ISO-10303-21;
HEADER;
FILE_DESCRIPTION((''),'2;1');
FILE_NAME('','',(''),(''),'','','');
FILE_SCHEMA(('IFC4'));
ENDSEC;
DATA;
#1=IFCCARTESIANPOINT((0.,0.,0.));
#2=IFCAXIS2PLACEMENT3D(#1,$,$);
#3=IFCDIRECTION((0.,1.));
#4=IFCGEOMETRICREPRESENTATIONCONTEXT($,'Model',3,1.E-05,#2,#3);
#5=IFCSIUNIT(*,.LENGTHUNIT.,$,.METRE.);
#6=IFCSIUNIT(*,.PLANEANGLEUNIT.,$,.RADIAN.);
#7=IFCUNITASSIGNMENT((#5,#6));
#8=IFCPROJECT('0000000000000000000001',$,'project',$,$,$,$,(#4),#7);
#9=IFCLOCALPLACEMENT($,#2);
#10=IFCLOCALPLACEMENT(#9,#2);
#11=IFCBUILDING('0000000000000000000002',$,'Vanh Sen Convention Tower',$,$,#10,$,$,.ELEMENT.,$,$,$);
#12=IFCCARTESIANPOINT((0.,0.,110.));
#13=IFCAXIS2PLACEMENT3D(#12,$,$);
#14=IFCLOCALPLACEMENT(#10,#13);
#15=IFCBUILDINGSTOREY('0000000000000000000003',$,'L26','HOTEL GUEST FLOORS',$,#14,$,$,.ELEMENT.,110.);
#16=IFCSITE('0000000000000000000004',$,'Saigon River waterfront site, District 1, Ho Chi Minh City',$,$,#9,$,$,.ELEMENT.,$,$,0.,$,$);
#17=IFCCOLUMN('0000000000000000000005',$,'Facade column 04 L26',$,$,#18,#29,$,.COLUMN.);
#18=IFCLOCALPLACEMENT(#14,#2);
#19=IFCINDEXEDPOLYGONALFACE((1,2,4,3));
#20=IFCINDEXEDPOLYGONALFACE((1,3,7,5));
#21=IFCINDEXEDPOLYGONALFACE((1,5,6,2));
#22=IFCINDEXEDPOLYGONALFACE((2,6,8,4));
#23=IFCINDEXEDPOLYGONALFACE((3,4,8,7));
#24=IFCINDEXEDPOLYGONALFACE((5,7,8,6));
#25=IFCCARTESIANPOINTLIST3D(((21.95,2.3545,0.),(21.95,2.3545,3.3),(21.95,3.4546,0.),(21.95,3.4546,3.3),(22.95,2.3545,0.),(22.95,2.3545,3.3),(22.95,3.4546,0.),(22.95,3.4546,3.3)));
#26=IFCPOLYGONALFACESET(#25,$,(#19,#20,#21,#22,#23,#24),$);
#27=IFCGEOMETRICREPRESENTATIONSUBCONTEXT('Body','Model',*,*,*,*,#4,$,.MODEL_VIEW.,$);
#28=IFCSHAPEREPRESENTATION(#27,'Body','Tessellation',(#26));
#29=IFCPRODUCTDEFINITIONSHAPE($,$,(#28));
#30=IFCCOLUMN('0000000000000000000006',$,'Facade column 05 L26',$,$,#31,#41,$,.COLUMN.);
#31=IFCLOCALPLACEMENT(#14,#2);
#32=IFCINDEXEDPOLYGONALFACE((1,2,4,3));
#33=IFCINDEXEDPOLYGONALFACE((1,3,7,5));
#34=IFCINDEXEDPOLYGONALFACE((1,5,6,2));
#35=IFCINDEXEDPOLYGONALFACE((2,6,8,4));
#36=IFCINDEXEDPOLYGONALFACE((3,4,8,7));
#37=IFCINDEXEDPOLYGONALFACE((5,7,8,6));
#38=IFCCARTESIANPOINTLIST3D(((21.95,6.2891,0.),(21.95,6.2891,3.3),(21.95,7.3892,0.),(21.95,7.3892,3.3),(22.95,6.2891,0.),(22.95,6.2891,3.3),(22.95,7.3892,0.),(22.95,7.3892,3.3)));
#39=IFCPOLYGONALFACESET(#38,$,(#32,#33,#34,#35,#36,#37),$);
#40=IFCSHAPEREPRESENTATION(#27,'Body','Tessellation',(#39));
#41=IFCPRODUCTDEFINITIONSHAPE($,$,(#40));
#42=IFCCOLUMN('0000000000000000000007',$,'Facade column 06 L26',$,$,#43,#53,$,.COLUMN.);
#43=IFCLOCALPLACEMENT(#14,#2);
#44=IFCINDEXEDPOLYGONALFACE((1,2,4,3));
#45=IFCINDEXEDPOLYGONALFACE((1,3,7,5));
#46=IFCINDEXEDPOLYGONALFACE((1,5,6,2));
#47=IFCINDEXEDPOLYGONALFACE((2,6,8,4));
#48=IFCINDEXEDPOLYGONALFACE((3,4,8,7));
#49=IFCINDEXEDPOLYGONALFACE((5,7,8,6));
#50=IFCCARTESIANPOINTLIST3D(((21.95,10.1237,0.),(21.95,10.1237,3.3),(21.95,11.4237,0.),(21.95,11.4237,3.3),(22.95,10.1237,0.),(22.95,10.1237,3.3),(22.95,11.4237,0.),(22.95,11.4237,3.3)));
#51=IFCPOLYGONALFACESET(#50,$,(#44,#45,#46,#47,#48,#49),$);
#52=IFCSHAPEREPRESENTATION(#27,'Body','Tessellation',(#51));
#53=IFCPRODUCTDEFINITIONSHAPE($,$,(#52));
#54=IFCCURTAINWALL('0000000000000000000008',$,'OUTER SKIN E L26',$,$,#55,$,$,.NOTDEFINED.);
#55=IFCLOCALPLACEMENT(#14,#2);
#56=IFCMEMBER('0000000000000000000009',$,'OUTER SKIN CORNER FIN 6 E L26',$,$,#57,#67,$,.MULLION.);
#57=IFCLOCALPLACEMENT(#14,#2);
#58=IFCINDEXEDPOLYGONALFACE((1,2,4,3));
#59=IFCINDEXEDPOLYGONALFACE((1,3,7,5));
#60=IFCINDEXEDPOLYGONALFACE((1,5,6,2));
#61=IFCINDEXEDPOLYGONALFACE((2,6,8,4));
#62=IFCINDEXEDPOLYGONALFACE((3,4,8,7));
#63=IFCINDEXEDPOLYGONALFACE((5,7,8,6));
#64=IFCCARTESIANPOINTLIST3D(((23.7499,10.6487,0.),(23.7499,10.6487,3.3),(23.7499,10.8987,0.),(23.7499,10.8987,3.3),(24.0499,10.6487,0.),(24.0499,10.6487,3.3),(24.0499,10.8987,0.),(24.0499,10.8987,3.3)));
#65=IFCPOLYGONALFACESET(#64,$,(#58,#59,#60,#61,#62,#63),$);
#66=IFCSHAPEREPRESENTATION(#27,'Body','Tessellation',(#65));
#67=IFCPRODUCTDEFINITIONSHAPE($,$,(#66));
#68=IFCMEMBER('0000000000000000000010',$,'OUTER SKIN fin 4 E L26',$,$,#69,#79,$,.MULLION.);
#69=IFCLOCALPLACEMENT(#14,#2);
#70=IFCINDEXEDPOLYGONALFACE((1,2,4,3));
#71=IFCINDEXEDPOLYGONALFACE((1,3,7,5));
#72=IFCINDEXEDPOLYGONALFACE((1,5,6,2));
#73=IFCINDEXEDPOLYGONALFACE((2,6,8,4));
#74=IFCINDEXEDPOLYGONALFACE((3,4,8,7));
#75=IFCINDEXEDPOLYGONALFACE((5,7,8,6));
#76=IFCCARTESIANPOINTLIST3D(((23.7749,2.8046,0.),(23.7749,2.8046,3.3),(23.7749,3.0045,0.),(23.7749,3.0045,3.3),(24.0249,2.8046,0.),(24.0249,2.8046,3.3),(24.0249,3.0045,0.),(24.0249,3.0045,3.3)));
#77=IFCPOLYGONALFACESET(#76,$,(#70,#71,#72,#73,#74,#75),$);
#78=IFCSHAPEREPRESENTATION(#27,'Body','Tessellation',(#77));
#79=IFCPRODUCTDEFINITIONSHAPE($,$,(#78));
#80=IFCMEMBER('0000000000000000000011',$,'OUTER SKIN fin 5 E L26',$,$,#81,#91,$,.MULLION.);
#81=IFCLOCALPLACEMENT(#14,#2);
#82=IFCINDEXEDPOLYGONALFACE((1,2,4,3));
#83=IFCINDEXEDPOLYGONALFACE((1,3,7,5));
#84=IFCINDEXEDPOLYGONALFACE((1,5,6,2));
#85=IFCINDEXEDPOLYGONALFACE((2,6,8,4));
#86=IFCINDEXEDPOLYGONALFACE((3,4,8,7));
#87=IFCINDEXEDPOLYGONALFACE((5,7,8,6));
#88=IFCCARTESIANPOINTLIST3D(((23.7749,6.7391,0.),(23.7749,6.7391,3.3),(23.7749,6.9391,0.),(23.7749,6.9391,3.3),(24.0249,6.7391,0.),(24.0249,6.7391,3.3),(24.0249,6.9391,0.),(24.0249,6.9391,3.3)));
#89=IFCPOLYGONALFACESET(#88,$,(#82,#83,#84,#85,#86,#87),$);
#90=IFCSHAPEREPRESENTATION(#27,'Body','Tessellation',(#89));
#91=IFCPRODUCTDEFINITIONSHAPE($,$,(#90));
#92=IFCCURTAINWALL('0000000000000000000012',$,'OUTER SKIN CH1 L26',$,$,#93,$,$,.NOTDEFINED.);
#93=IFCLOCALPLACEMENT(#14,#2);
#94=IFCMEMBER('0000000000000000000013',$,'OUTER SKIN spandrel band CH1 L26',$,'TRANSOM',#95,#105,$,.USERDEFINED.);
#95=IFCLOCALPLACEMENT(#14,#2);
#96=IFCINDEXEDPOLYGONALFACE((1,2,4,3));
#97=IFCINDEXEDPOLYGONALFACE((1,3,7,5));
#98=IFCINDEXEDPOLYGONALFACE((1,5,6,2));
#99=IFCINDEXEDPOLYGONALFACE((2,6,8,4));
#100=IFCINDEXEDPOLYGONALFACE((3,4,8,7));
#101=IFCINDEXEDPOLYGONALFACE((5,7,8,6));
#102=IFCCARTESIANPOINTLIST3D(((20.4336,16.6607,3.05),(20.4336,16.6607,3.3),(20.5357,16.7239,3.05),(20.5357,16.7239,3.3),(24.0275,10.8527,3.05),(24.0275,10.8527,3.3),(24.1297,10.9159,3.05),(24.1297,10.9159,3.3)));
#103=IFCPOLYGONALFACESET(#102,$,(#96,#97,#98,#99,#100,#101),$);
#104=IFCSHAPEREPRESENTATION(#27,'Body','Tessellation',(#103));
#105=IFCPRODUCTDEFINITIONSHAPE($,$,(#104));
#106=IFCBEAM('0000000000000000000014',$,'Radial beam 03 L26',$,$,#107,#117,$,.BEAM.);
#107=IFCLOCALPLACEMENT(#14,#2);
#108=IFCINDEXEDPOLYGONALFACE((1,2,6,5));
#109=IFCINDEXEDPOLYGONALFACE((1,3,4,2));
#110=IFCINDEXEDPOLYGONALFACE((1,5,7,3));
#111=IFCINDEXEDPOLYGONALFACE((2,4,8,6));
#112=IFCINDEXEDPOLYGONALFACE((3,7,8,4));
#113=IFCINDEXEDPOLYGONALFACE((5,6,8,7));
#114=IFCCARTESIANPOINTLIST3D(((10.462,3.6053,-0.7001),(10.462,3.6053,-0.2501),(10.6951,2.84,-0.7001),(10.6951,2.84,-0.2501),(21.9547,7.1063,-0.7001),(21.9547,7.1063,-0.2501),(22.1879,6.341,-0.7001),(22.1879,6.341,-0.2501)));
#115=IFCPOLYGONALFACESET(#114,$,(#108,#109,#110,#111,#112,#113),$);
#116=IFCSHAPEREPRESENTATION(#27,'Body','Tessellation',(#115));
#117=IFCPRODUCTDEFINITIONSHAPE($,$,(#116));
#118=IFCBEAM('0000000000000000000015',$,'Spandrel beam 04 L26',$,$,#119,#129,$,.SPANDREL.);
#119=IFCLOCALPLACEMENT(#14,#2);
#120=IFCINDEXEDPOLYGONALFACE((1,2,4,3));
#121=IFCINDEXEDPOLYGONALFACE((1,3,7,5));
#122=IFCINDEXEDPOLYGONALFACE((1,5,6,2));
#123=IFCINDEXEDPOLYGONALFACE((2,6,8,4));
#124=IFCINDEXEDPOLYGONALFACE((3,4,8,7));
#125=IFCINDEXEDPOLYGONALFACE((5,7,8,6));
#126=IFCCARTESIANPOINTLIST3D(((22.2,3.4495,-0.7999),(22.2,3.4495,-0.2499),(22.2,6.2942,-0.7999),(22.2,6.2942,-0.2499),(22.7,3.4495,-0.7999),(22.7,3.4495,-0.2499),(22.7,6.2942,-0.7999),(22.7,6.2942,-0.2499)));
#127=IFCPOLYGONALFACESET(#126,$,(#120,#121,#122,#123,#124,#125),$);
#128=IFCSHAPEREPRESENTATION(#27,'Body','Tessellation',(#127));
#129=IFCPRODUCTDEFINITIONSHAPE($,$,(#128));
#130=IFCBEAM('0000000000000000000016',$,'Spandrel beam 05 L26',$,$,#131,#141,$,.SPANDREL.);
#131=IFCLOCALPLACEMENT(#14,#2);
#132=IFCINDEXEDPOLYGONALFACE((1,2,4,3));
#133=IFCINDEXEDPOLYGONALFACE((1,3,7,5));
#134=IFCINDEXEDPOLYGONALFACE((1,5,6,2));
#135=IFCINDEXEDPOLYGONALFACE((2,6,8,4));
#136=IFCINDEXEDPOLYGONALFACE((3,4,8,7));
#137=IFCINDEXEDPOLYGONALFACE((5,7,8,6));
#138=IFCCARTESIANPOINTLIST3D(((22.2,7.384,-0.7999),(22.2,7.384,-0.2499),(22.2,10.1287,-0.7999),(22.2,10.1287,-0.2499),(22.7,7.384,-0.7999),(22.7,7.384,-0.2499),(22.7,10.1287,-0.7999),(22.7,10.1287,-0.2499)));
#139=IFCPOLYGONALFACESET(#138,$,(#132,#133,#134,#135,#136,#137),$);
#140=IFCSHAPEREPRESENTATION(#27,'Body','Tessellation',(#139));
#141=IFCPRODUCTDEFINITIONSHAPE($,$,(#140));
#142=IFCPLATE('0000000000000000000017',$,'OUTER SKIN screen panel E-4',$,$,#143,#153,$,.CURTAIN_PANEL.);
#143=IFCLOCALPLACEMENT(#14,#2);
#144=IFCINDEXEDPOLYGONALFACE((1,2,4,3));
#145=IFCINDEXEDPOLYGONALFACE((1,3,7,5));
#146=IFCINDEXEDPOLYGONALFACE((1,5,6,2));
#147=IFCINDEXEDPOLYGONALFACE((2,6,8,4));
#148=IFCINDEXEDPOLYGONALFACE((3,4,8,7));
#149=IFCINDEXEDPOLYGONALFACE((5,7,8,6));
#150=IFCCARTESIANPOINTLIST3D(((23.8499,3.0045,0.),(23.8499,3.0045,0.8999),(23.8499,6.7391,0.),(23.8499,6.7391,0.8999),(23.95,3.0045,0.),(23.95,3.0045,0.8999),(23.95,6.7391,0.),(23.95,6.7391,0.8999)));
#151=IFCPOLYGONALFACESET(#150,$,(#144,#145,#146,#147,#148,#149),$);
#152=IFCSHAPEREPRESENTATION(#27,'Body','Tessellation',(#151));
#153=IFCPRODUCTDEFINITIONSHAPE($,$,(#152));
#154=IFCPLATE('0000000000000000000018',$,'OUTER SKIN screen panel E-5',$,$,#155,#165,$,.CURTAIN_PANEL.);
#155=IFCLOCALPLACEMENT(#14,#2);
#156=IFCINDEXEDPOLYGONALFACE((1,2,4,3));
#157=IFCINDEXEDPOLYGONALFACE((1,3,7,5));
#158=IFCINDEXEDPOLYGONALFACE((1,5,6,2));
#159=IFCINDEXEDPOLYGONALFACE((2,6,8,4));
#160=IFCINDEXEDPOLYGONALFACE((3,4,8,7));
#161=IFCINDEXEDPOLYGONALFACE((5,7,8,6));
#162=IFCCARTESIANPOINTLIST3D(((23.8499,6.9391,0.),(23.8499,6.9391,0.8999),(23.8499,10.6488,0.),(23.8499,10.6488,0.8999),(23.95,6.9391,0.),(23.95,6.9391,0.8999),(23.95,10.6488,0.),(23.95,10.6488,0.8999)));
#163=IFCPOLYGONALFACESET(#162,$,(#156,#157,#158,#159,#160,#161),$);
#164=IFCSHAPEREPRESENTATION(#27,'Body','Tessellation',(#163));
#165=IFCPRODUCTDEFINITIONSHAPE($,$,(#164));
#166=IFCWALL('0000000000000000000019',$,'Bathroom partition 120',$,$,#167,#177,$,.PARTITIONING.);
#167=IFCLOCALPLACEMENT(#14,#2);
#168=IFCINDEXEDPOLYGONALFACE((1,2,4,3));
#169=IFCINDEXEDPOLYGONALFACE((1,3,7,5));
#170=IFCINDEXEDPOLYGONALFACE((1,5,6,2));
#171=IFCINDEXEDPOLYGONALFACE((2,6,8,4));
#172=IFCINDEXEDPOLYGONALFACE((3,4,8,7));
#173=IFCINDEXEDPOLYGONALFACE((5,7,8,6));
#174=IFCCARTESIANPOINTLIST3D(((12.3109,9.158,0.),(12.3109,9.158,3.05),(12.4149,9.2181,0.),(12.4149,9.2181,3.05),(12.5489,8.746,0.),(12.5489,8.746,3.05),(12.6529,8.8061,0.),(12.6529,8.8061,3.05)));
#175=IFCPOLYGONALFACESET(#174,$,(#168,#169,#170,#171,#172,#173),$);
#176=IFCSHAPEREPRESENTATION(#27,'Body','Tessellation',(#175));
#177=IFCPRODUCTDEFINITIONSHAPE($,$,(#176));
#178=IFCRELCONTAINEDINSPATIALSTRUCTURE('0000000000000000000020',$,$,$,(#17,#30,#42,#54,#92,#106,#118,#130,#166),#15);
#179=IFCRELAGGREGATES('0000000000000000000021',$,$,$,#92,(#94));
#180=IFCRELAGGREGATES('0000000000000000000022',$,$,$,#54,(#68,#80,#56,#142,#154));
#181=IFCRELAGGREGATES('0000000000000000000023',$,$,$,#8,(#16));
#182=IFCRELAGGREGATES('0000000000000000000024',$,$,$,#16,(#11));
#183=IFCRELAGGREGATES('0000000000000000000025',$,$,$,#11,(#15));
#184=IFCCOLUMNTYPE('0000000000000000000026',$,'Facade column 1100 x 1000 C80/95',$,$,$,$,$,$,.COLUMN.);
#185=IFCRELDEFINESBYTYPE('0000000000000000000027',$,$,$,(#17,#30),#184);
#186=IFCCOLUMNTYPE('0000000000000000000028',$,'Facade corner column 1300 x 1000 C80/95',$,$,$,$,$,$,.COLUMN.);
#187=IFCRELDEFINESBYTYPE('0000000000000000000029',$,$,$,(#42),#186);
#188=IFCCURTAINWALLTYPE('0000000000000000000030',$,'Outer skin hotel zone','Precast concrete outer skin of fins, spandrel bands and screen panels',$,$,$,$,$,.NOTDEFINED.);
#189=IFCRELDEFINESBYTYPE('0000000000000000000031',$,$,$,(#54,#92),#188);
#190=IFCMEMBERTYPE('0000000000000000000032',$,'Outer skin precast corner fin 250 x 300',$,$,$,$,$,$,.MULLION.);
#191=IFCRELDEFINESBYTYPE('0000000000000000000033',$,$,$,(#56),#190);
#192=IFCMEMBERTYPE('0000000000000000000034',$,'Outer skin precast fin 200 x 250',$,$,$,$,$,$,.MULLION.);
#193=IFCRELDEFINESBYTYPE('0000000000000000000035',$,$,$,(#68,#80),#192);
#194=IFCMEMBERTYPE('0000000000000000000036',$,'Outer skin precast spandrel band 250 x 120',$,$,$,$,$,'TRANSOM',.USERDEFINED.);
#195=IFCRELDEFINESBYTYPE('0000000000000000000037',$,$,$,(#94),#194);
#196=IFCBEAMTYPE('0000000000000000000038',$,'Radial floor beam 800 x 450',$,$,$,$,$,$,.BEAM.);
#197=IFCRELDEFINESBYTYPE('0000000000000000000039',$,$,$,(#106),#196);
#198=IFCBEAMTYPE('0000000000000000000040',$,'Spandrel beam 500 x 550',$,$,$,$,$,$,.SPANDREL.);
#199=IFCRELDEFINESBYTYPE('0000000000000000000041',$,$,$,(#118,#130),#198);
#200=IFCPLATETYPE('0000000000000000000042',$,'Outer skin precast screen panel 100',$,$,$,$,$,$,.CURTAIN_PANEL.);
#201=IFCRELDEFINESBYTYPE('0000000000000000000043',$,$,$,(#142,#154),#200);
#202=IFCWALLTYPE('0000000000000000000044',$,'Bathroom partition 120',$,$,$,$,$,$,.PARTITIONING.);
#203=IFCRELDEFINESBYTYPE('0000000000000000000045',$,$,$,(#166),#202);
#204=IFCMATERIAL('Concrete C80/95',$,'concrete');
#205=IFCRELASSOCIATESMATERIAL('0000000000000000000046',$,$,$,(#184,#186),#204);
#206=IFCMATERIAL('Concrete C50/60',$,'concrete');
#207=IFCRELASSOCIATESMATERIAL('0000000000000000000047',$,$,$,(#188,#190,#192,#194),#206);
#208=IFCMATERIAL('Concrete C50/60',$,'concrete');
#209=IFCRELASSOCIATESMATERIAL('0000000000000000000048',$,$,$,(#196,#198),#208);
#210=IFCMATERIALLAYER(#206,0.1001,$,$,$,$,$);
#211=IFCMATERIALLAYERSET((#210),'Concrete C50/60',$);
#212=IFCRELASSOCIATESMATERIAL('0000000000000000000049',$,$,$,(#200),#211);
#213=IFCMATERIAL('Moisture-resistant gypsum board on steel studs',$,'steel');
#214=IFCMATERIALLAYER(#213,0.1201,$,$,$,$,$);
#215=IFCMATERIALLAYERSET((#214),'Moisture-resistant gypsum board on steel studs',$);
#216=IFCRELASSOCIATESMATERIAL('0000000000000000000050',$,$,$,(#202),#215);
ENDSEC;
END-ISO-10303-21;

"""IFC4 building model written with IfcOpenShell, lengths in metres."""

from ifc_helpers import new_model, si_unit, direction, frame, frame_2d, origin, origin_2d, place, context, subcontext, project, spatial, rectangle, extrude, material, layer, layer_set, material_profile, profile_set, type_object, element, aggregate, save


model = new_model("IFC4")

# Units and contexts
model_context = context("Model", 3, precision=1e-05, world=origin(), true_north=direction((0.0, 1.0)))
body_context = subcontext(model_context, "Body", "Model", "MODEL_VIEW")
ifc_project = project(units=[si_unit("LENGTHUNIT", "METRE"), si_unit("PLANEANGLEUNIT", "RADIAN")], contexts=[model_context])

# Site, building, storey
site_placement = place(None, origin())
site = spatial("IfcSite", under=ifc_project, at=site_placement, Name="Saigon River waterfront site, District 1, Ho Chi Minh City", CompositionType="ELEMENT", RefElevation=0.0)
building_placement = place(site_placement, origin())
building = spatial("IfcBuilding", under=site, at=building_placement, Name="Vanh Sen Convention Tower", CompositionType="ELEMENT")
storey_placement = place(building_placement, frame((0.0, 0.0, 110.0)))
storey = spatial("IfcBuildingStorey", under=building, at=storey_placement, Name="L26", Description="HOTEL GUEST FLOORS", CompositionType="ELEMENT", Elevation=110.0)

# Columns
ifc_material_1 = material(Name="Concrete C80/95", Category="concrete")
ifc_material_profile_1 = material_profile(ifc_material_1, rectangle(XDim=1.1001, YDim=1.0, at=origin_2d()), Name="RC 1100X1000")
ifc_profile_set_1 = profile_set([ifc_material_profile_1], Name="Concrete C80/95")
column_type_1 = type_object("IfcColumnType", Name="Facade column 1100 x 1000 C80/95", PredefinedType="COLUMN", material=ifc_profile_set_1)
for number, where, z_axis, x_axis, name in (
    (1, (22.45, 2.9045, 0.0), (0.0, 0.0, 1.0), (0.0, 1.0, 0.0), "Facade column 04 L26"),
    (2, (22.45, 6.8391, 0.0), (0.0, 0.0, 1.0), (0.0, 1.0, 0.0), "Facade column 05 L26"),
):
    element("IfcColumn", number, at=place(storey_placement, frame(where, z_axis=z_axis, x_axis=x_axis)), inside=storey, type_object=column_type_1, Name=name, PredefinedType="COLUMN", context=body_context, shape_type="SweptSolid", body=[
        extrude(rectangle(XDim=1.1001, YDim=1.0, at=origin_2d()), origin(), (0.0, 0.0, 1.0), 3.3),
    ])
ifc_material_profile_2 = material_profile(ifc_material_1, rectangle(XDim=1.3, YDim=1.0, at=origin_2d()), Name="RC 1300X1000")
ifc_profile_set_2 = profile_set([ifc_material_profile_2], Name="Concrete C80/95")
column_type_2 = type_object("IfcColumnType", Name="Facade corner column 1300 x 1000 C80/95", PredefinedType="COLUMN", material=ifc_profile_set_2)
column_placement = place(storey_placement, frame((22.45, 10.7737, 0.0), z_axis=(0.0, 0.0, 1.0), x_axis=(0.0, 1.0, 0.0)))
element("IfcColumn", 3, at=column_placement, inside=storey, type_object=column_type_2, Name="Facade column 06 L26", PredefinedType="COLUMN", context=body_context, shape_type="SweptSolid", body=[
    extrude(rectangle(XDim=1.3, YDim=1.0, at=origin_2d()), origin(), (0.0, 0.0, 1.0), 3.3),
])

# Curtain wall, members
ifc_material_2 = material(Name="Concrete C50/60", Category="concrete")
curtain_wall_type = type_object("IfcCurtainWallType", Name="Outer skin hotel zone", Description="Precast concrete outer skin of fins, spandrel bands and screen panels", PredefinedType="NOTDEFINED", material=ifc_material_2)
curtain_wall_1_placement = place(storey_placement, origin())
curtain_wall_1 = element("IfcCurtainWall", 4, at=curtain_wall_1_placement, inside=storey, type_object=curtain_wall_type, Name="OUTER SKIN E L26", PredefinedType="NOTDEFINED")
ifc_material_profile_3 = material_profile(ifc_material_2, rectangle(XDim=0.25, YDim=0.3, at=origin_2d()), Name="Outer skin precast corner fin 250 x 300")
ifc_profile_set_3 = profile_set([ifc_material_profile_3], Name="Concrete C50/60")
member_type_1 = type_object("IfcMemberType", Name="Outer skin precast corner fin 250 x 300", PredefinedType="MULLION", material=ifc_profile_set_3)
member_1_placement = place(storey_placement, frame((23.8999, 10.7737, 0.0), z_axis=(0.0, 0.0, 1.0), x_axis=(0.0, 1.0, 0.0)))
member_1 = element("IfcMember", 5, at=member_1_placement, type_object=member_type_1, Name="OUTER SKIN CORNER FIN 6 E L26", PredefinedType="MULLION", context=body_context, shape_type="SweptSolid", body=[
    extrude(rectangle(XDim=0.25, YDim=0.3, at=origin_2d()), origin(), (0.0, 0.0, 1.0), 3.3),
])
ifc_material_profile_4 = material_profile(ifc_material_2, rectangle(XDim=0.2, YDim=0.25, at=origin_2d()), Name="Outer skin precast fin 200 x 250")
ifc_profile_set_4 = profile_set([ifc_material_profile_4], Name="Concrete C50/60")
member_type_2 = type_object("IfcMemberType", Name="Outer skin precast fin 200 x 250", PredefinedType="MULLION", material=ifc_profile_set_4)
member_2_placement = place(storey_placement, frame((23.8999, 2.9045, 0.0), z_axis=(0.0, 0.0, 1.0), x_axis=(0.0, 1.0, 0.0)))
member_2 = element("IfcMember", 6, at=member_2_placement, type_object=member_type_2, Name="OUTER SKIN fin 4 E L26", PredefinedType="MULLION", context=body_context, shape_type="SweptSolid", body=[
    extrude(rectangle(XDim=0.2, YDim=0.25, at=origin_2d()), origin(), (0.0, 0.0, 1.0), 3.3),
])
member_3_placement = place(storey_placement, frame((23.8999, 6.8391, 0.0), z_axis=(0.0, 0.0, 1.0), x_axis=(0.0, 1.0, 0.0)))
member_3 = element("IfcMember", 7, at=member_3_placement, type_object=member_type_2, Name="OUTER SKIN fin 5 E L26", PredefinedType="MULLION", context=body_context, shape_type="SweptSolid", body=[
    extrude(rectangle(XDim=0.2, YDim=0.25, at=origin_2d()), origin(), (0.0, 0.0, 1.0), 3.3),
])

# Curtain wall, member
curtain_wall_2_placement = place(storey_placement, origin())
curtain_wall_2 = element("IfcCurtainWall", 8, at=curtain_wall_2_placement, inside=storey, type_object=curtain_wall_type, Name="OUTER SKIN CH1 L26", PredefinedType="NOTDEFINED")
ifc_material_profile_5 = material_profile(ifc_material_2, rectangle(XDim=0.1201, YDim=0.25, at=origin_2d()), Name="Outer skin precast spandrel band 250 x 120")
ifc_profile_set_5 = profile_set([ifc_material_profile_5], Name="Concrete C50/60")
member_type_3 = type_object("IfcMemberType", Name="Outer skin precast spandrel band 250 x 120", ElementType="TRANSOM", PredefinedType="USERDEFINED", material=ifc_profile_set_5)
member_4_placement = place(storey_placement, frame((24.0786, 10.8843, 3.175), z_axis=(-0.526196, 0.850363, 0.0), x_axis=(-0.850363, -0.526196, 0.0)))
member_4 = element("IfcMember", 9, at=member_4_placement, type_object=member_type_3, Name="OUTER SKIN spandrel band CH1 L26", ObjectType="TRANSOM", PredefinedType="USERDEFINED", context=body_context, shape_type="SweptSolid", body=[
    extrude(rectangle(XDim=0.1201, YDim=0.25, at=origin_2d()), origin(), (0.0, 0.0, 1.0), 6.8301),
])
aggregate(curtain_wall_2, [member_4])

# Beams
ifc_material_3 = material(Name="Concrete C50/60", Category="concrete")
ifc_material_profile_6 = material_profile(ifc_material_3, rectangle(XDim=0.8, YDim=0.45, at=origin_2d()), Name="RC 800X450")
ifc_profile_set_6 = profile_set([ifc_material_profile_6], Name="Concrete C50/60")
beam_type_1 = type_object("IfcBeamType", Name="Radial floor beam 800 x 450", PredefinedType="BEAM", material=ifc_profile_set_6)
beam_1_placement = place(storey_placement, frame((22.0713, 6.7236, -0.4751), z_axis=(-0.9566, -0.291406, 0.0), x_axis=(0.291406, -0.9566, 0.0)))
element("IfcBeam", 10, at=beam_1_placement, inside=storey, type_object=beam_type_1, Name="Radial beam 03 L26", PredefinedType="BEAM", context=body_context, shape_type="SweptSolid", body=[
    extrude(rectangle(XDim=0.8, YDim=0.45, at=origin_2d()), origin(), (0.0, 0.0, 1.0), 12.0142),
])
ifc_material_profile_7 = material_profile(ifc_material_3, rectangle(XDim=0.5, YDim=0.55, at=origin_2d()), Name="RC 500X550")
ifc_profile_set_7 = profile_set([ifc_material_profile_7], Name="Concrete C50/60")
beam_type_2 = type_object("IfcBeamType", Name="Spandrel beam 500 x 550", PredefinedType="SPANDREL", material=ifc_profile_set_7)
beam_2_placement = place(storey_placement, frame((22.45, 3.4495, -0.5249), z_axis=(0.0, 1.0, 0.0), x_axis=(-1.0, 0.0, 0.0)))
element("IfcBeam", 11, at=beam_2_placement, inside=storey, type_object=beam_type_2, Name="Spandrel beam 04 L26", PredefinedType="SPANDREL", context=body_context, shape_type="SweptSolid", body=[
    extrude(rectangle(XDim=0.5, YDim=0.55, at=origin_2d()), origin(), (0.0, 0.0, 1.0), 2.8447),
])
beam_3_placement = place(storey_placement, frame((22.45, 7.384, -0.5249), z_axis=(0.0, 1.0, 0.0), x_axis=(-1.0, 0.0, 0.0)))
element("IfcBeam", 12, at=beam_3_placement, inside=storey, type_object=beam_type_2, Name="Spandrel beam 05 L26", PredefinedType="SPANDREL", context=body_context, shape_type="SweptSolid", body=[
    extrude(rectangle(XDim=0.5, YDim=0.55, at=origin_2d()), origin(), (0.0, 0.0, 1.0), 2.7446),
])

# Plates
ifc_layer_1 = layer(ifc_material_2, 0.1001)
ifc_layer_set_1 = layer_set([ifc_layer_1], Name="Concrete C50/60")
plate_type = type_object("IfcPlateType", Name="Outer skin precast screen panel 100", PredefinedType="CURTAIN_PANEL", material=ifc_layer_set_1)
plate_1_placement = place(storey_placement, frame((23.8999, 4.8718, 0.0), z_axis=(0.0, 0.0, 1.0), x_axis=(0.0, 1.0, 0.0)))
plate_1 = element("IfcPlate", 13, at=plate_1_placement, type_object=plate_type, Name="OUTER SKIN screen panel E-4", PredefinedType="CURTAIN_PANEL", context=body_context, shape_type="SweptSolid", body=[
    extrude(rectangle(XDim=3.7346, YDim=0.1001, at=origin_2d()), origin(), (0.0, 0.0, 1.0), 0.8999),
])
plate_2_placement = place(storey_placement, frame((23.8999, 8.7939, 0.0), z_axis=(0.0, 0.0, 1.0), x_axis=(0.0, 1.0, 0.0)))
plate_2 = element("IfcPlate", 14, at=plate_2_placement, type_object=plate_type, Name="OUTER SKIN screen panel E-5", PredefinedType="CURTAIN_PANEL", context=body_context, shape_type="SweptSolid", body=[
    extrude(rectangle(XDim=3.7097, YDim=0.1001, at=origin_2d()), origin(), (0.0, 0.0, 1.0), 0.8999),
])
aggregate(curtain_wall_1, [member_2, member_3, member_1, plate_1, plate_2])

# Wall
ifc_material_4 = material(Name="Moisture-resistant gypsum board on steel studs", Category="steel")
ifc_layer_2 = layer(ifc_material_4, 0.1201)
ifc_layer_set_2 = layer_set([ifc_layer_2], Name="Moisture-resistant gypsum board on steel studs")
wall_type_1 = type_object("IfcWallType", Name="Bathroom partition 120", PredefinedType="PARTITIONING", material=ifc_layer_set_2)
wall_1_placement = place(storey_placement, frame((12.6008, 8.7761, 0.0), z_axis=(0.0, 0.0, 1.0), x_axis=(-0.500166, 0.865929, 0.0)))
element("IfcWall", 15, at=wall_1_placement, inside=storey, type_object=wall_type_1, Name="Bathroom partition 120", PredefinedType="PARTITIONING", context=body_context, shape_type="SweptSolid", body=[
    extrude(rectangle(XDim=0.4758, YDim=0.1201, at=frame_2d((0.2378, 0.0))), origin(), (0.0, 0.0, 1.0), 3.05),
])

save(model, "model.ifc")
